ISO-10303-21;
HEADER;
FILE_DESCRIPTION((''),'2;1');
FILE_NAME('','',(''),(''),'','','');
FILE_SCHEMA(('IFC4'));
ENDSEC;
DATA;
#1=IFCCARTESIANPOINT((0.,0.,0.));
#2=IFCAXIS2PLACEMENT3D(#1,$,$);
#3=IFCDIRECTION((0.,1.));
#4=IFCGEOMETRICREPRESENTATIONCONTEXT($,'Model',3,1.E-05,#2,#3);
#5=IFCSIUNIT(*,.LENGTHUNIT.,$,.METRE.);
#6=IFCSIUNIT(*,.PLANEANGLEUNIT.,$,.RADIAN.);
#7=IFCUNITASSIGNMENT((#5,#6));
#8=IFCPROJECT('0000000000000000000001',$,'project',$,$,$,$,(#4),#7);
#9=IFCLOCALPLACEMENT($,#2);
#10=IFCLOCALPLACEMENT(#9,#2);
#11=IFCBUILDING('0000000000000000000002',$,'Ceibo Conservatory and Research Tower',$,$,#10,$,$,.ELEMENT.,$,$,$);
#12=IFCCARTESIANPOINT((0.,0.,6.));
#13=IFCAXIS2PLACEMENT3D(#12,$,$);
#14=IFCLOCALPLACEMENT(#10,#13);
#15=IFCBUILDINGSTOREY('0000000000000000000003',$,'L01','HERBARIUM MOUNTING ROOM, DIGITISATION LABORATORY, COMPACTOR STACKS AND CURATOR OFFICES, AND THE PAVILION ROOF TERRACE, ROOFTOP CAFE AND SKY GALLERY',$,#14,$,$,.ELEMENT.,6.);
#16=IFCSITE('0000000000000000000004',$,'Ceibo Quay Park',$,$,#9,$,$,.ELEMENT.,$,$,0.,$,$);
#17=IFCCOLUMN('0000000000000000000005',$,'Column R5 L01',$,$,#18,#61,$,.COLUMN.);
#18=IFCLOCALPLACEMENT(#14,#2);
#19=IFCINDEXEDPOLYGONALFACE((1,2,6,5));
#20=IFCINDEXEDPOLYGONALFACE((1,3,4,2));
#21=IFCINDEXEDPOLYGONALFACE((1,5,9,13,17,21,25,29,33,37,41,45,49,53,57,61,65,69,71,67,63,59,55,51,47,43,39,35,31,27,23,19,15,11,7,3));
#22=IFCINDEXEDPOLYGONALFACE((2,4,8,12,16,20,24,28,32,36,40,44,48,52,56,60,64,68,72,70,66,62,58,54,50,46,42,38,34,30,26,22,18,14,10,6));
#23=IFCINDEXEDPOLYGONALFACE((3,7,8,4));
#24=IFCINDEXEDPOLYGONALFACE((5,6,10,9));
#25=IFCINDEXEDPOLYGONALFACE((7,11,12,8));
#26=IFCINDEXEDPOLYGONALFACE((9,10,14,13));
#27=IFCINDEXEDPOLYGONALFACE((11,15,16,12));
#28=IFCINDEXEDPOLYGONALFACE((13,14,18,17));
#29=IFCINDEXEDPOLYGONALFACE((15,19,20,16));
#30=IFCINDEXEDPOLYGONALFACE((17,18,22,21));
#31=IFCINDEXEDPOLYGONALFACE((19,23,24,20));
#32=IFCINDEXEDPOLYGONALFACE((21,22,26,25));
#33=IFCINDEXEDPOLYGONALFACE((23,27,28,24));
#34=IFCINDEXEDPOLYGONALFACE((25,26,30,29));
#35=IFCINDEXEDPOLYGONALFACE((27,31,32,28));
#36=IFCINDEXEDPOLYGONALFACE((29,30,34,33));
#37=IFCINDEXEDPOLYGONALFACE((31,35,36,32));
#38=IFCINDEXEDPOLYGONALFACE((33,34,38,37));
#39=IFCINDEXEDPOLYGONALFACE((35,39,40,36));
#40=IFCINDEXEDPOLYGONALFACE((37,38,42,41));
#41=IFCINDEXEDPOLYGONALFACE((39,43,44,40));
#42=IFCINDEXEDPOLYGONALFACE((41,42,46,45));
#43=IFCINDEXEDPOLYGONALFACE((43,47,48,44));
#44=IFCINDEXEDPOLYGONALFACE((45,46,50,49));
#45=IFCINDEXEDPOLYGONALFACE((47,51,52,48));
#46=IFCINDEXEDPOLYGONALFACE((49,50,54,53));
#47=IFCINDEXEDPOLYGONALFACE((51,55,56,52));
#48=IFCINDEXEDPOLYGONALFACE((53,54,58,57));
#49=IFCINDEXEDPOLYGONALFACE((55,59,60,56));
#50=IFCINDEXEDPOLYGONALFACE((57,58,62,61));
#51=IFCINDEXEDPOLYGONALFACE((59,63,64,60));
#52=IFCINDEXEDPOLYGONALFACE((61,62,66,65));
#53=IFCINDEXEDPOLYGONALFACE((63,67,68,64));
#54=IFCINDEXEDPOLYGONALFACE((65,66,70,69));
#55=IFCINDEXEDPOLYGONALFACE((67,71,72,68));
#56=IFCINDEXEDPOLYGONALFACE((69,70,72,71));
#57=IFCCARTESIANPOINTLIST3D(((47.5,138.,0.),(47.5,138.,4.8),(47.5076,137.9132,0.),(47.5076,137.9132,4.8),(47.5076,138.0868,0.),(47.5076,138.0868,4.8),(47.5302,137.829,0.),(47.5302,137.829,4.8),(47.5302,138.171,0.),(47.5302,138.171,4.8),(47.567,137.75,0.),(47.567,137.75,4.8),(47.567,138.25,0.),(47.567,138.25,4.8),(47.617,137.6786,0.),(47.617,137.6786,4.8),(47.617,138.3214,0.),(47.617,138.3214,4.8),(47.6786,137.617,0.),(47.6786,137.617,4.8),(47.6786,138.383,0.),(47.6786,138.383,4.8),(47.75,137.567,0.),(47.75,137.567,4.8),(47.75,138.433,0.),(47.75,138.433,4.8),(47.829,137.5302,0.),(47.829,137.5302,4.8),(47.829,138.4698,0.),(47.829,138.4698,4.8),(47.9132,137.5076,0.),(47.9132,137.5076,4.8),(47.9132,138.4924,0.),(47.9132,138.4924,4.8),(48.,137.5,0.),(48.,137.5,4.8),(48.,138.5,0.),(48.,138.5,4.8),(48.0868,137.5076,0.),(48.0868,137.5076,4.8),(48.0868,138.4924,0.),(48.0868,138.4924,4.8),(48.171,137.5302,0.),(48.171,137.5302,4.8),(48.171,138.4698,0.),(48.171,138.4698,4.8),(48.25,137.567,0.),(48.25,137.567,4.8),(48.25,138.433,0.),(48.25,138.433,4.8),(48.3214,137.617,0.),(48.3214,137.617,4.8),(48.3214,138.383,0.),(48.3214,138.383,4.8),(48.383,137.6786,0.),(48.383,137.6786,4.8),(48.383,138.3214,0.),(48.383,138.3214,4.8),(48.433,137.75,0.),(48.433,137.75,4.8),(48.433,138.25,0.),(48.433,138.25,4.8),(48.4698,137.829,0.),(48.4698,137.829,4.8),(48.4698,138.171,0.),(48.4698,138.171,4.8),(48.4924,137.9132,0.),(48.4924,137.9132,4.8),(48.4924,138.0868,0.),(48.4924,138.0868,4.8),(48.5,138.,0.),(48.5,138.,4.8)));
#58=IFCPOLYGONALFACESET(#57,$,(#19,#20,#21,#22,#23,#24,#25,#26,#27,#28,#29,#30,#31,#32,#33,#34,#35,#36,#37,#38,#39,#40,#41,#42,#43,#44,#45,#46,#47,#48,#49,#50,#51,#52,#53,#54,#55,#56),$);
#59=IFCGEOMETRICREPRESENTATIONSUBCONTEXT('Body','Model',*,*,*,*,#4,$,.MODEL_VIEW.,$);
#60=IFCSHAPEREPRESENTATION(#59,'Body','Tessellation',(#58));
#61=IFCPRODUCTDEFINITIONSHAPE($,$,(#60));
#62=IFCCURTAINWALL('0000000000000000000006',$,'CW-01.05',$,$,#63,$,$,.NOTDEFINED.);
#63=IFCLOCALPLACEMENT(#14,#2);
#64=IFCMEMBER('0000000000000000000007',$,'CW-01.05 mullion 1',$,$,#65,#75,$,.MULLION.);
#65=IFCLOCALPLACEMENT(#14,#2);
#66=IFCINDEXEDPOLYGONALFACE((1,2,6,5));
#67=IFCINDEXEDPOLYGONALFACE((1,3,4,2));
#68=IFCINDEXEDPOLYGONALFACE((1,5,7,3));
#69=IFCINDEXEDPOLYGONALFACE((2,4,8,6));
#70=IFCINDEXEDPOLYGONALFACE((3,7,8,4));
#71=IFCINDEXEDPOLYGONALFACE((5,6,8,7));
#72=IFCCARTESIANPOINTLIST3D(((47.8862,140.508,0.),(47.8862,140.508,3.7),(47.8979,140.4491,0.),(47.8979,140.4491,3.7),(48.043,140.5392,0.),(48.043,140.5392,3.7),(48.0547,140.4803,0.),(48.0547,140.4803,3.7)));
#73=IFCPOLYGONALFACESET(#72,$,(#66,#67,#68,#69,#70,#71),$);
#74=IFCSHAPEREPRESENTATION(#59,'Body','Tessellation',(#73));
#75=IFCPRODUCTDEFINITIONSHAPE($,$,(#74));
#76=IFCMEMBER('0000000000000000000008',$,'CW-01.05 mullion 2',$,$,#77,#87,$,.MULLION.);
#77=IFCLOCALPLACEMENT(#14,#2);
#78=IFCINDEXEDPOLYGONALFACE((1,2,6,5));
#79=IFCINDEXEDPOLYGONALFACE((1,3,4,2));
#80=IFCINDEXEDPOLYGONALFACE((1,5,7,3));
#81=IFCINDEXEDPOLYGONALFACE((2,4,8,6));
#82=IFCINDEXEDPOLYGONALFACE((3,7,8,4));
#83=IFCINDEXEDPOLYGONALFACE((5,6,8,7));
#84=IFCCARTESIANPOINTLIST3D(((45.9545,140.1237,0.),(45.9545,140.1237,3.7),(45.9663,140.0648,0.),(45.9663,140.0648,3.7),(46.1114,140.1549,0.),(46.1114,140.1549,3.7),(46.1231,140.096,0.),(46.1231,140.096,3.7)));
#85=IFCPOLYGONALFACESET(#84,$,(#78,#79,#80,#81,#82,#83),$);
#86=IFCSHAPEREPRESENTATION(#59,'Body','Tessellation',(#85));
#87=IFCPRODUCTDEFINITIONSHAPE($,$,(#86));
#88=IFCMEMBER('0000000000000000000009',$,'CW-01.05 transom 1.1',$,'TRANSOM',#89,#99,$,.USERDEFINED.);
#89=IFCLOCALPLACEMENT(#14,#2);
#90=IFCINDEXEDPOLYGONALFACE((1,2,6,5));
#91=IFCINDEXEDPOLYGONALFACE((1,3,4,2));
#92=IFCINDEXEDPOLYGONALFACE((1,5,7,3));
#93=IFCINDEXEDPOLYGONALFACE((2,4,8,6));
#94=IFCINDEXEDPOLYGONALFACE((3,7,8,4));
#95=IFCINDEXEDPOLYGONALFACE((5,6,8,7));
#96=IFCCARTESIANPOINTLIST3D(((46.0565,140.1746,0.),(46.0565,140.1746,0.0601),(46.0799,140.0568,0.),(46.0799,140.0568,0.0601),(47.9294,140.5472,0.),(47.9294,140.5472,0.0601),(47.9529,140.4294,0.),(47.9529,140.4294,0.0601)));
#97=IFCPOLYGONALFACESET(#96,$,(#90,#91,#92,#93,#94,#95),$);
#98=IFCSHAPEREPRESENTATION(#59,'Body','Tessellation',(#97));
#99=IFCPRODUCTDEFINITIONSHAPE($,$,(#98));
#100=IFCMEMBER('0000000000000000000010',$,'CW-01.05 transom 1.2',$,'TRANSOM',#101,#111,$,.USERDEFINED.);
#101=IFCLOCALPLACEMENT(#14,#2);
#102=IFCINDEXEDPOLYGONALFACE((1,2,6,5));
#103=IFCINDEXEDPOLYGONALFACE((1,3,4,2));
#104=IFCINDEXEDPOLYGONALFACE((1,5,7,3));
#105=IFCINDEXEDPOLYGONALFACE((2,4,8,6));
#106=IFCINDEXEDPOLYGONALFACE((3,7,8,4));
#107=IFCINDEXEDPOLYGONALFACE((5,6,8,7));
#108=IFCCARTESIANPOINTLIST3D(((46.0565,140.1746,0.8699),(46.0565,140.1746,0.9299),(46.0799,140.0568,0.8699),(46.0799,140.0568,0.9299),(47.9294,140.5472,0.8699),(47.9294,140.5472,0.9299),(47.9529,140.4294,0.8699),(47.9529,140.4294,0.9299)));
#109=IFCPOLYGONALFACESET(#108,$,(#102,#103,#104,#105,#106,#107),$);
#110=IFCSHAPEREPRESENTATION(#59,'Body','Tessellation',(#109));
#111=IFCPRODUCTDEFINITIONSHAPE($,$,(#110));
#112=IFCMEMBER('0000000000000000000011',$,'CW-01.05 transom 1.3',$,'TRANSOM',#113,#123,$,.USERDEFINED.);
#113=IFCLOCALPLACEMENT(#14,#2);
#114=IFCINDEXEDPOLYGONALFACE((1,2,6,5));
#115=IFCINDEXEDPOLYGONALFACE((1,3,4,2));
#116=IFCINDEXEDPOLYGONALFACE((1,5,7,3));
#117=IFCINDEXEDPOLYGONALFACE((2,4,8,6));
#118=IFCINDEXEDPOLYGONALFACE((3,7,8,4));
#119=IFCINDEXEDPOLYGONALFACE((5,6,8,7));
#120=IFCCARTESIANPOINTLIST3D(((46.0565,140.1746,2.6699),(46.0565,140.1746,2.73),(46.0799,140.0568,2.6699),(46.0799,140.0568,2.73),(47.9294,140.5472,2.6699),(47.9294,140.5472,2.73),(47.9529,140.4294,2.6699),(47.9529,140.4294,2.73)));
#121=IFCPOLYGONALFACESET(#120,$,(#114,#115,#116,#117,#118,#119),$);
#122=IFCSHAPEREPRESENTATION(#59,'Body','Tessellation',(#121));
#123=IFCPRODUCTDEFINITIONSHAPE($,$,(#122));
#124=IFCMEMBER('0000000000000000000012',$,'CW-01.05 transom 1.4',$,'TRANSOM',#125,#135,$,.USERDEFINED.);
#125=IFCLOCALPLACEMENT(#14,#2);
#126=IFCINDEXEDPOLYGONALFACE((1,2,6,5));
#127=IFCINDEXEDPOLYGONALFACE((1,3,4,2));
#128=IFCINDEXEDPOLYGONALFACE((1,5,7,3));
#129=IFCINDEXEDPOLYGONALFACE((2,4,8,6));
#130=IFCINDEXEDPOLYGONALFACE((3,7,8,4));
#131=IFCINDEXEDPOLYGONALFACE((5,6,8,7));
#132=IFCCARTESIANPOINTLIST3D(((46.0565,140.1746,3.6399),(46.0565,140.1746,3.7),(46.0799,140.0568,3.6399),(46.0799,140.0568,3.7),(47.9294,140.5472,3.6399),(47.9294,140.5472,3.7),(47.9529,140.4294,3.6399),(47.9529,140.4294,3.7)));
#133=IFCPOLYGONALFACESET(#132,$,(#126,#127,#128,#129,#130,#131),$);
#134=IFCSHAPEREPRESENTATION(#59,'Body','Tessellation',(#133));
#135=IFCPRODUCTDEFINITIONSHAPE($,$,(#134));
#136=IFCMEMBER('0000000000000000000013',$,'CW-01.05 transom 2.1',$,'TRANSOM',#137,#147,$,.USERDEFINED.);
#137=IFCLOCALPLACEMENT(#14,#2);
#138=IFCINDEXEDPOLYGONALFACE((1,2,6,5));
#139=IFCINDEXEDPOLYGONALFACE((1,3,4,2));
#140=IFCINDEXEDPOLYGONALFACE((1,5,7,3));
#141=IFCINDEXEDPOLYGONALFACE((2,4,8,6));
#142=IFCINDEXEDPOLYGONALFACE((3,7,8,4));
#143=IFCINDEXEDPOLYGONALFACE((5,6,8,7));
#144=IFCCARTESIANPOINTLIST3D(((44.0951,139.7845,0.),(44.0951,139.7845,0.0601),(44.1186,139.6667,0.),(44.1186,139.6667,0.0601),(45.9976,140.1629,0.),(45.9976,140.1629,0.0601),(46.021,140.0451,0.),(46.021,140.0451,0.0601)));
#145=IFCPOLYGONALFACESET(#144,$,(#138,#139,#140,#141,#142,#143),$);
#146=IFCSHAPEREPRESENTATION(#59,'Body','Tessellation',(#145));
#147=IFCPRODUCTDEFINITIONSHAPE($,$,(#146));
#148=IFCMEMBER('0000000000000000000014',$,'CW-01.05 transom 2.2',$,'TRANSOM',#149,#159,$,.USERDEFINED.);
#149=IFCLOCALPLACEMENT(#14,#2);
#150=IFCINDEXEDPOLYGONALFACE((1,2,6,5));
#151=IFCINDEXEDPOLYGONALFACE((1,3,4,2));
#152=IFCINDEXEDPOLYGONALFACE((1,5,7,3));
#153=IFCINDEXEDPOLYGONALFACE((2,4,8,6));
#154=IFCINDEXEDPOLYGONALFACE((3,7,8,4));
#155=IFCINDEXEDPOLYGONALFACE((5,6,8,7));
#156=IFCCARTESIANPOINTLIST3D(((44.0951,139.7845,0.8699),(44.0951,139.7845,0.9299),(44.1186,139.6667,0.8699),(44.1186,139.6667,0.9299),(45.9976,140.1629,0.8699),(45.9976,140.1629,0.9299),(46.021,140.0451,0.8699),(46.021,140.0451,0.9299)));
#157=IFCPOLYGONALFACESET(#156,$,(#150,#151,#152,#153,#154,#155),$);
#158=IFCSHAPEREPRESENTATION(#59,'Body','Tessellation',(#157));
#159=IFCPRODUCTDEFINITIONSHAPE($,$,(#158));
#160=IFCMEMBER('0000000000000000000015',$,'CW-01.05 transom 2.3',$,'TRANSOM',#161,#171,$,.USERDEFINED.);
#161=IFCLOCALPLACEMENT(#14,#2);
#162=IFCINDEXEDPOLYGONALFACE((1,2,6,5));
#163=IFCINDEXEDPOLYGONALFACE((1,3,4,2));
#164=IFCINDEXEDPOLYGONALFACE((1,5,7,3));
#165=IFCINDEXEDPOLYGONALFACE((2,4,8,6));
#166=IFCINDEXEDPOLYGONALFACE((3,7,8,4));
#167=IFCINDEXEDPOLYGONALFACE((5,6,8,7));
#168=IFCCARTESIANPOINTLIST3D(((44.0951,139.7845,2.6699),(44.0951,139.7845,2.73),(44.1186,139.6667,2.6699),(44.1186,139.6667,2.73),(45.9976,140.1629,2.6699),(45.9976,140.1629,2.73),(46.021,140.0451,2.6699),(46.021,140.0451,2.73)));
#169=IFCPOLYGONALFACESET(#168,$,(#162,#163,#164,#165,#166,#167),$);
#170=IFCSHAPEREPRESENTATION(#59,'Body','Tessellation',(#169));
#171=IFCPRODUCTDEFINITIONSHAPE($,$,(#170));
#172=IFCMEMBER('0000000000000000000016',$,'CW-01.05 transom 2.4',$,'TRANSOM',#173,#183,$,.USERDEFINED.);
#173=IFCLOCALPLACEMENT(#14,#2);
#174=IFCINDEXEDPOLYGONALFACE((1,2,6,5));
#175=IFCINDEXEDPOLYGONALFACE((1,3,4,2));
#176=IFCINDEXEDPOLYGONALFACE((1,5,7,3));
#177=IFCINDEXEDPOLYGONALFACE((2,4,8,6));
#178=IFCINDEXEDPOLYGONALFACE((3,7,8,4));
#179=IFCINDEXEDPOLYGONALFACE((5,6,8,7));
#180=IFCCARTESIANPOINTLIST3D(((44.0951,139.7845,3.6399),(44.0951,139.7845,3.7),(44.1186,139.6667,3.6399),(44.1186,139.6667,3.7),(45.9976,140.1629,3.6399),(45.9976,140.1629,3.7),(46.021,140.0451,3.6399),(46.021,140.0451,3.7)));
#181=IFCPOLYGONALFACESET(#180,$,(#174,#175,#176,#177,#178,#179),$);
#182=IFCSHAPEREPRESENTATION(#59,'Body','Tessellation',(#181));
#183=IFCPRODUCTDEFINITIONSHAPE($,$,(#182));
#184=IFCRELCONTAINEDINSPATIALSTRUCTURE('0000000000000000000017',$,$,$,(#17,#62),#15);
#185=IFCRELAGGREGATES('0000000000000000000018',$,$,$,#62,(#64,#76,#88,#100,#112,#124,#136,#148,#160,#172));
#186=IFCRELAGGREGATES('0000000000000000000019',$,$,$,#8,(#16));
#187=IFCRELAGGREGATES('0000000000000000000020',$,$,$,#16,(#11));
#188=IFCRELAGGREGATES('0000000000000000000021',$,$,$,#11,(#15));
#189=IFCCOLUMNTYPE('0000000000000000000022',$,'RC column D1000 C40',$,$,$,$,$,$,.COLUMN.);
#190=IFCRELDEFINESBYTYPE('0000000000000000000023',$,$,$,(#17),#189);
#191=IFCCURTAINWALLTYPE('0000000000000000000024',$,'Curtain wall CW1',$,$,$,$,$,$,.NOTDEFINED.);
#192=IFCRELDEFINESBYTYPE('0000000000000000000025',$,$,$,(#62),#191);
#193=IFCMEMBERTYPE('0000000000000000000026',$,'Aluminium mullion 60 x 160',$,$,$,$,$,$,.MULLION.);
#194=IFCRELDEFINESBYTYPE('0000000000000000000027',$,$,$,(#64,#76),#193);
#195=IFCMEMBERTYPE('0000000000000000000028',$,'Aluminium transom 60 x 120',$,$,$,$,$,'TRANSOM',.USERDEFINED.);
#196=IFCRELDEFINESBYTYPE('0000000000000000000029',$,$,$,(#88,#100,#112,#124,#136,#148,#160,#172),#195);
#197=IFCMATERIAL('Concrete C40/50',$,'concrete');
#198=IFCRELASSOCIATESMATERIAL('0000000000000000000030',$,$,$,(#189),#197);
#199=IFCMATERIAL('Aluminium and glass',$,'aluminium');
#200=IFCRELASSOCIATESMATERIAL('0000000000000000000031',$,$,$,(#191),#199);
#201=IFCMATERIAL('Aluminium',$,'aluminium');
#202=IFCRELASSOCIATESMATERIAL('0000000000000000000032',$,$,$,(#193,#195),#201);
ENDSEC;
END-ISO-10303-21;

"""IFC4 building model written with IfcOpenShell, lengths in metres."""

from ifc_helpers import new_model, si_unit, direction, frame, origin, origin_2d, place, context, subcontext, project, spatial, rectangle, circle, extrude, material, material_profile, profile_set, type_object, element, aggregate, save


model = new_model("IFC4")

# Units and contexts
model_context = context("Model", 3, precision=1e-05, world=origin(), true_north=direction((0.0, 1.0)))
body_context = subcontext(model_context, "Body", "Model", "MODEL_VIEW")
ifc_project = project(units=[si_unit("LENGTHUNIT", "METRE"), si_unit("PLANEANGLEUNIT", "RADIAN")], contexts=[model_context])

# Site, building, storey
site_placement = place(None, origin())
site = spatial("IfcSite", under=ifc_project, at=site_placement, Name="Ceibo Quay Park", CompositionType="ELEMENT", RefElevation=0.0)
building_placement = place(site_placement, origin())
building = spatial("IfcBuilding", under=site, at=building_placement, Name="Ceibo Conservatory and Research Tower", CompositionType="ELEMENT")
storey_placement = place(building_placement, frame((0.0, 0.0, 6.0)))
storey = spatial("IfcBuildingStorey", under=building, at=storey_placement, Name="L01", Description="HERBARIUM MOUNTING ROOM, DIGITISATION LABORATORY, COMPACTOR STACKS AND CURATOR OFFICES, AND THE PAVILION ROOF TERRACE, ROOFTOP CAFE AND SKY GALLERY", CompositionType="ELEMENT", Elevation=6.0)

# Column
ifc_material_1 = material(Name="Concrete C40/50", Category="concrete")
ifc_material_profile_1 = material_profile(ifc_material_1, circle(Radius=0.5, at=origin_2d()), Name="RC D1000")
ifc_profile_set_1 = profile_set([ifc_material_profile_1], Name="Concrete C40/50")
column_type = type_object("IfcColumnType", Name="RC column D1000 C40", PredefinedType="COLUMN", material=ifc_profile_set_1)
column_placement = place(storey_placement, frame((48.0, 138.0, 0.0), z_axis=(0.0, 0.0, 1.0), x_axis=(1.0, 0.0, 0.0)))
element("IfcColumn", 1, at=column_placement, inside=storey, type_object=column_type, Name="Column R5 L01", PredefinedType="COLUMN", context=body_context, shape_type="SweptSolid", body=[
    extrude(circle(Radius=0.5, at=origin_2d()), origin(), (0.0, 0.0, 1.0), 4.8),
])

# Curtain wall, members
ifc_material_2 = material(Name="Aluminium and glass", Category="aluminium")
curtain_wall_type = type_object("IfcCurtainWallType", Name="Curtain wall CW1", PredefinedType="NOTDEFINED", material=ifc_material_2)
curtain_wall_placement = place(storey_placement, origin())
curtain_wall = element("IfcCurtainWall", 2, at=curtain_wall_placement, inside=storey, type_object=curtain_wall_type, Name="CW-01.05", PredefinedType="NOTDEFINED")
ifc_material_3 = material(Name="Aluminium", Category="aluminium")
ifc_material_profile_2 = material_profile(ifc_material_3, rectangle(XDim=0.0601, YDim=0.1599, at=origin_2d()), Name="Aluminium 60 x 160")
ifc_profile_set_2 = profile_set([ifc_material_profile_2], Name="Aluminium")
member_type_1 = type_object("IfcMemberType", Name="Aluminium mullion 60 x 160", PredefinedType="MULLION", material=ifc_profile_set_2)
member_1_placement = place(storey_placement, frame((47.9705, 140.4941, 0.0), z_axis=(0.0, 0.0, 1.0), x_axis=(0.19509, -0.980785, 0.0)))
member_1 = element("IfcMember", 3, at=member_1_placement, type_object=member_type_1, Name="CW-01.05 mullion 1", PredefinedType="MULLION", context=body_context, shape_type="SweptSolid", body=[
    extrude(rectangle(XDim=0.0601, YDim=0.1599, at=origin_2d()), origin(), (0.0, 0.0, 1.0), 3.7),
])
member_2_placement = place(storey_placement, frame((46.0388, 140.1099, 0.0), z_axis=(0.0, 0.0, 1.0), x_axis=(0.19509, -0.980785, 0.0)))
member_2 = element("IfcMember", 4, at=member_2_placement, type_object=member_type_1, Name="CW-01.05 mullion 2", PredefinedType="MULLION", context=body_context, shape_type="SweptSolid", body=[
    extrude(rectangle(XDim=0.0601, YDim=0.1599, at=origin_2d()), origin(), (0.0, 0.0, 1.0), 3.7),
])
ifc_material_profile_3 = material_profile(ifc_material_3, rectangle(XDim=0.1201, YDim=0.0601, at=origin_2d()), Name="Aluminium 60 x 120")
ifc_profile_set_3 = profile_set([ifc_material_profile_3], Name="Aluminium")
member_type_2 = type_object("IfcMemberType", Name="Aluminium transom 60 x 120", ElementType="TRANSOM", PredefinedType="USERDEFINED", material=ifc_profile_set_3)
member_3_placement = place(storey_placement, frame((47.9412, 140.4883, 0.03), z_axis=(-0.980787, -0.195083, 0.0), x_axis=(0.195083, -0.980787, 0.0)))
member_3 = element("IfcMember", 5, at=member_3_placement, type_object=member_type_2, Name="CW-01.05 transom 1.1", ObjectType="TRANSOM", PredefinedType="USERDEFINED", context=body_context, shape_type="SweptSolid", body=[
    extrude(rectangle(XDim=0.1201, YDim=0.0601, at=origin_2d()), origin(), (0.0, 0.0, 1.0), 1.9097),
])
member_4_placement = place(storey_placement, frame((47.9412, 140.4883, 0.8999), z_axis=(-0.980787, -0.195083, 0.0), x_axis=(0.195083, -0.980787, 0.0)))
member_4 = element("IfcMember", 6, at=member_4_placement, type_object=member_type_2, Name="CW-01.05 transom 1.2", ObjectType="TRANSOM", PredefinedType="USERDEFINED", context=body_context, shape_type="SweptSolid", body=[
    extrude(rectangle(XDim=0.1201, YDim=0.0601, at=origin_2d()), origin(), (0.0, 0.0, 1.0), 1.9097),
])
member_5_placement = place(storey_placement, frame((47.9412, 140.4883, 2.7), z_axis=(-0.980787, -0.195083, 0.0), x_axis=(0.195083, -0.980787, 0.0)))
member_5 = element("IfcMember", 7, at=member_5_placement, type_object=member_type_2, Name="CW-01.05 transom 1.3", ObjectType="TRANSOM", PredefinedType="USERDEFINED", context=body_context, shape_type="SweptSolid", body=[
    extrude(rectangle(XDim=0.1201, YDim=0.0601, at=origin_2d()), origin(), (0.0, 0.0, 1.0), 1.9097),
])
member_6_placement = place(storey_placement, frame((47.9412, 140.4883, 3.6699), z_axis=(-0.980787, -0.195083, 0.0), x_axis=(0.195083, -0.980787, 0.0)))
member_6 = element("IfcMember", 8, at=member_6_placement, type_object=member_type_2, Name="CW-01.05 transom 1.4", ObjectType="TRANSOM", PredefinedType="USERDEFINED", context=body_context, shape_type="SweptSolid", body=[
    extrude(rectangle(XDim=0.1201, YDim=0.0601, at=origin_2d()), origin(), (0.0, 0.0, 1.0), 1.9097),
])
member_7_placement = place(storey_placement, frame((46.0093, 140.104, 0.03), z_axis=(-0.980783, -0.195099, 0.0), x_axis=(0.195099, -0.980783, 0.0)))
member_7 = element("IfcMember", 9, at=member_7_placement, type_object=member_type_2, Name="CW-01.05 transom 2.1", ObjectType="TRANSOM", PredefinedType="USERDEFINED", context=body_context, shape_type="SweptSolid", body=[
    extrude(rectangle(XDim=0.1201, YDim=0.0601, at=origin_2d()), origin(), (0.0, 0.0, 1.0), 1.9397),
])
member_8_placement = place(storey_placement, frame((46.0093, 140.104, 0.8999), z_axis=(-0.980783, -0.195099, 0.0), x_axis=(0.195099, -0.980783, 0.0)))
member_8 = element("IfcMember", 10, at=member_8_placement, type_object=member_type_2, Name="CW-01.05 transom 2.2", ObjectType="TRANSOM", PredefinedType="USERDEFINED", context=body_context, shape_type="SweptSolid", body=[
    extrude(rectangle(XDim=0.1201, YDim=0.0601, at=origin_2d()), origin(), (0.0, 0.0, 1.0), 1.9397),
])
member_9_placement = place(storey_placement, frame((46.0093, 140.104, 2.7), z_axis=(-0.980783, -0.195099, 0.0), x_axis=(0.195099, -0.980783, 0.0)))
member_9 = element("IfcMember", 11, at=member_9_placement, type_object=member_type_2, Name="CW-01.05 transom 2.3", ObjectType="TRANSOM", PredefinedType="USERDEFINED", context=body_context, shape_type="SweptSolid", body=[
    extrude(rectangle(XDim=0.1201, YDim=0.0601, at=origin_2d()), origin(), (0.0, 0.0, 1.0), 1.9397),
])
member_10_placement = place(storey_placement, frame((46.0093, 140.104, 3.6699), z_axis=(-0.980783, -0.195099, 0.0), x_axis=(0.195099, -0.980783, 0.0)))
member_10 = element("IfcMember", 12, at=member_10_placement, type_object=member_type_2, Name="CW-01.05 transom 2.4", ObjectType="TRANSOM", PredefinedType="USERDEFINED", context=body_context, shape_type="SweptSolid", body=[
    extrude(rectangle(XDim=0.1201, YDim=0.0601, at=origin_2d()), origin(), (0.0, 0.0, 1.0), 1.9397),
])

aggregate(curtain_wall, [member_1, member_2, member_3, member_4, member_5, member_6, member_7, member_8, member_9, member_10])

save(model, "model.ifc")
